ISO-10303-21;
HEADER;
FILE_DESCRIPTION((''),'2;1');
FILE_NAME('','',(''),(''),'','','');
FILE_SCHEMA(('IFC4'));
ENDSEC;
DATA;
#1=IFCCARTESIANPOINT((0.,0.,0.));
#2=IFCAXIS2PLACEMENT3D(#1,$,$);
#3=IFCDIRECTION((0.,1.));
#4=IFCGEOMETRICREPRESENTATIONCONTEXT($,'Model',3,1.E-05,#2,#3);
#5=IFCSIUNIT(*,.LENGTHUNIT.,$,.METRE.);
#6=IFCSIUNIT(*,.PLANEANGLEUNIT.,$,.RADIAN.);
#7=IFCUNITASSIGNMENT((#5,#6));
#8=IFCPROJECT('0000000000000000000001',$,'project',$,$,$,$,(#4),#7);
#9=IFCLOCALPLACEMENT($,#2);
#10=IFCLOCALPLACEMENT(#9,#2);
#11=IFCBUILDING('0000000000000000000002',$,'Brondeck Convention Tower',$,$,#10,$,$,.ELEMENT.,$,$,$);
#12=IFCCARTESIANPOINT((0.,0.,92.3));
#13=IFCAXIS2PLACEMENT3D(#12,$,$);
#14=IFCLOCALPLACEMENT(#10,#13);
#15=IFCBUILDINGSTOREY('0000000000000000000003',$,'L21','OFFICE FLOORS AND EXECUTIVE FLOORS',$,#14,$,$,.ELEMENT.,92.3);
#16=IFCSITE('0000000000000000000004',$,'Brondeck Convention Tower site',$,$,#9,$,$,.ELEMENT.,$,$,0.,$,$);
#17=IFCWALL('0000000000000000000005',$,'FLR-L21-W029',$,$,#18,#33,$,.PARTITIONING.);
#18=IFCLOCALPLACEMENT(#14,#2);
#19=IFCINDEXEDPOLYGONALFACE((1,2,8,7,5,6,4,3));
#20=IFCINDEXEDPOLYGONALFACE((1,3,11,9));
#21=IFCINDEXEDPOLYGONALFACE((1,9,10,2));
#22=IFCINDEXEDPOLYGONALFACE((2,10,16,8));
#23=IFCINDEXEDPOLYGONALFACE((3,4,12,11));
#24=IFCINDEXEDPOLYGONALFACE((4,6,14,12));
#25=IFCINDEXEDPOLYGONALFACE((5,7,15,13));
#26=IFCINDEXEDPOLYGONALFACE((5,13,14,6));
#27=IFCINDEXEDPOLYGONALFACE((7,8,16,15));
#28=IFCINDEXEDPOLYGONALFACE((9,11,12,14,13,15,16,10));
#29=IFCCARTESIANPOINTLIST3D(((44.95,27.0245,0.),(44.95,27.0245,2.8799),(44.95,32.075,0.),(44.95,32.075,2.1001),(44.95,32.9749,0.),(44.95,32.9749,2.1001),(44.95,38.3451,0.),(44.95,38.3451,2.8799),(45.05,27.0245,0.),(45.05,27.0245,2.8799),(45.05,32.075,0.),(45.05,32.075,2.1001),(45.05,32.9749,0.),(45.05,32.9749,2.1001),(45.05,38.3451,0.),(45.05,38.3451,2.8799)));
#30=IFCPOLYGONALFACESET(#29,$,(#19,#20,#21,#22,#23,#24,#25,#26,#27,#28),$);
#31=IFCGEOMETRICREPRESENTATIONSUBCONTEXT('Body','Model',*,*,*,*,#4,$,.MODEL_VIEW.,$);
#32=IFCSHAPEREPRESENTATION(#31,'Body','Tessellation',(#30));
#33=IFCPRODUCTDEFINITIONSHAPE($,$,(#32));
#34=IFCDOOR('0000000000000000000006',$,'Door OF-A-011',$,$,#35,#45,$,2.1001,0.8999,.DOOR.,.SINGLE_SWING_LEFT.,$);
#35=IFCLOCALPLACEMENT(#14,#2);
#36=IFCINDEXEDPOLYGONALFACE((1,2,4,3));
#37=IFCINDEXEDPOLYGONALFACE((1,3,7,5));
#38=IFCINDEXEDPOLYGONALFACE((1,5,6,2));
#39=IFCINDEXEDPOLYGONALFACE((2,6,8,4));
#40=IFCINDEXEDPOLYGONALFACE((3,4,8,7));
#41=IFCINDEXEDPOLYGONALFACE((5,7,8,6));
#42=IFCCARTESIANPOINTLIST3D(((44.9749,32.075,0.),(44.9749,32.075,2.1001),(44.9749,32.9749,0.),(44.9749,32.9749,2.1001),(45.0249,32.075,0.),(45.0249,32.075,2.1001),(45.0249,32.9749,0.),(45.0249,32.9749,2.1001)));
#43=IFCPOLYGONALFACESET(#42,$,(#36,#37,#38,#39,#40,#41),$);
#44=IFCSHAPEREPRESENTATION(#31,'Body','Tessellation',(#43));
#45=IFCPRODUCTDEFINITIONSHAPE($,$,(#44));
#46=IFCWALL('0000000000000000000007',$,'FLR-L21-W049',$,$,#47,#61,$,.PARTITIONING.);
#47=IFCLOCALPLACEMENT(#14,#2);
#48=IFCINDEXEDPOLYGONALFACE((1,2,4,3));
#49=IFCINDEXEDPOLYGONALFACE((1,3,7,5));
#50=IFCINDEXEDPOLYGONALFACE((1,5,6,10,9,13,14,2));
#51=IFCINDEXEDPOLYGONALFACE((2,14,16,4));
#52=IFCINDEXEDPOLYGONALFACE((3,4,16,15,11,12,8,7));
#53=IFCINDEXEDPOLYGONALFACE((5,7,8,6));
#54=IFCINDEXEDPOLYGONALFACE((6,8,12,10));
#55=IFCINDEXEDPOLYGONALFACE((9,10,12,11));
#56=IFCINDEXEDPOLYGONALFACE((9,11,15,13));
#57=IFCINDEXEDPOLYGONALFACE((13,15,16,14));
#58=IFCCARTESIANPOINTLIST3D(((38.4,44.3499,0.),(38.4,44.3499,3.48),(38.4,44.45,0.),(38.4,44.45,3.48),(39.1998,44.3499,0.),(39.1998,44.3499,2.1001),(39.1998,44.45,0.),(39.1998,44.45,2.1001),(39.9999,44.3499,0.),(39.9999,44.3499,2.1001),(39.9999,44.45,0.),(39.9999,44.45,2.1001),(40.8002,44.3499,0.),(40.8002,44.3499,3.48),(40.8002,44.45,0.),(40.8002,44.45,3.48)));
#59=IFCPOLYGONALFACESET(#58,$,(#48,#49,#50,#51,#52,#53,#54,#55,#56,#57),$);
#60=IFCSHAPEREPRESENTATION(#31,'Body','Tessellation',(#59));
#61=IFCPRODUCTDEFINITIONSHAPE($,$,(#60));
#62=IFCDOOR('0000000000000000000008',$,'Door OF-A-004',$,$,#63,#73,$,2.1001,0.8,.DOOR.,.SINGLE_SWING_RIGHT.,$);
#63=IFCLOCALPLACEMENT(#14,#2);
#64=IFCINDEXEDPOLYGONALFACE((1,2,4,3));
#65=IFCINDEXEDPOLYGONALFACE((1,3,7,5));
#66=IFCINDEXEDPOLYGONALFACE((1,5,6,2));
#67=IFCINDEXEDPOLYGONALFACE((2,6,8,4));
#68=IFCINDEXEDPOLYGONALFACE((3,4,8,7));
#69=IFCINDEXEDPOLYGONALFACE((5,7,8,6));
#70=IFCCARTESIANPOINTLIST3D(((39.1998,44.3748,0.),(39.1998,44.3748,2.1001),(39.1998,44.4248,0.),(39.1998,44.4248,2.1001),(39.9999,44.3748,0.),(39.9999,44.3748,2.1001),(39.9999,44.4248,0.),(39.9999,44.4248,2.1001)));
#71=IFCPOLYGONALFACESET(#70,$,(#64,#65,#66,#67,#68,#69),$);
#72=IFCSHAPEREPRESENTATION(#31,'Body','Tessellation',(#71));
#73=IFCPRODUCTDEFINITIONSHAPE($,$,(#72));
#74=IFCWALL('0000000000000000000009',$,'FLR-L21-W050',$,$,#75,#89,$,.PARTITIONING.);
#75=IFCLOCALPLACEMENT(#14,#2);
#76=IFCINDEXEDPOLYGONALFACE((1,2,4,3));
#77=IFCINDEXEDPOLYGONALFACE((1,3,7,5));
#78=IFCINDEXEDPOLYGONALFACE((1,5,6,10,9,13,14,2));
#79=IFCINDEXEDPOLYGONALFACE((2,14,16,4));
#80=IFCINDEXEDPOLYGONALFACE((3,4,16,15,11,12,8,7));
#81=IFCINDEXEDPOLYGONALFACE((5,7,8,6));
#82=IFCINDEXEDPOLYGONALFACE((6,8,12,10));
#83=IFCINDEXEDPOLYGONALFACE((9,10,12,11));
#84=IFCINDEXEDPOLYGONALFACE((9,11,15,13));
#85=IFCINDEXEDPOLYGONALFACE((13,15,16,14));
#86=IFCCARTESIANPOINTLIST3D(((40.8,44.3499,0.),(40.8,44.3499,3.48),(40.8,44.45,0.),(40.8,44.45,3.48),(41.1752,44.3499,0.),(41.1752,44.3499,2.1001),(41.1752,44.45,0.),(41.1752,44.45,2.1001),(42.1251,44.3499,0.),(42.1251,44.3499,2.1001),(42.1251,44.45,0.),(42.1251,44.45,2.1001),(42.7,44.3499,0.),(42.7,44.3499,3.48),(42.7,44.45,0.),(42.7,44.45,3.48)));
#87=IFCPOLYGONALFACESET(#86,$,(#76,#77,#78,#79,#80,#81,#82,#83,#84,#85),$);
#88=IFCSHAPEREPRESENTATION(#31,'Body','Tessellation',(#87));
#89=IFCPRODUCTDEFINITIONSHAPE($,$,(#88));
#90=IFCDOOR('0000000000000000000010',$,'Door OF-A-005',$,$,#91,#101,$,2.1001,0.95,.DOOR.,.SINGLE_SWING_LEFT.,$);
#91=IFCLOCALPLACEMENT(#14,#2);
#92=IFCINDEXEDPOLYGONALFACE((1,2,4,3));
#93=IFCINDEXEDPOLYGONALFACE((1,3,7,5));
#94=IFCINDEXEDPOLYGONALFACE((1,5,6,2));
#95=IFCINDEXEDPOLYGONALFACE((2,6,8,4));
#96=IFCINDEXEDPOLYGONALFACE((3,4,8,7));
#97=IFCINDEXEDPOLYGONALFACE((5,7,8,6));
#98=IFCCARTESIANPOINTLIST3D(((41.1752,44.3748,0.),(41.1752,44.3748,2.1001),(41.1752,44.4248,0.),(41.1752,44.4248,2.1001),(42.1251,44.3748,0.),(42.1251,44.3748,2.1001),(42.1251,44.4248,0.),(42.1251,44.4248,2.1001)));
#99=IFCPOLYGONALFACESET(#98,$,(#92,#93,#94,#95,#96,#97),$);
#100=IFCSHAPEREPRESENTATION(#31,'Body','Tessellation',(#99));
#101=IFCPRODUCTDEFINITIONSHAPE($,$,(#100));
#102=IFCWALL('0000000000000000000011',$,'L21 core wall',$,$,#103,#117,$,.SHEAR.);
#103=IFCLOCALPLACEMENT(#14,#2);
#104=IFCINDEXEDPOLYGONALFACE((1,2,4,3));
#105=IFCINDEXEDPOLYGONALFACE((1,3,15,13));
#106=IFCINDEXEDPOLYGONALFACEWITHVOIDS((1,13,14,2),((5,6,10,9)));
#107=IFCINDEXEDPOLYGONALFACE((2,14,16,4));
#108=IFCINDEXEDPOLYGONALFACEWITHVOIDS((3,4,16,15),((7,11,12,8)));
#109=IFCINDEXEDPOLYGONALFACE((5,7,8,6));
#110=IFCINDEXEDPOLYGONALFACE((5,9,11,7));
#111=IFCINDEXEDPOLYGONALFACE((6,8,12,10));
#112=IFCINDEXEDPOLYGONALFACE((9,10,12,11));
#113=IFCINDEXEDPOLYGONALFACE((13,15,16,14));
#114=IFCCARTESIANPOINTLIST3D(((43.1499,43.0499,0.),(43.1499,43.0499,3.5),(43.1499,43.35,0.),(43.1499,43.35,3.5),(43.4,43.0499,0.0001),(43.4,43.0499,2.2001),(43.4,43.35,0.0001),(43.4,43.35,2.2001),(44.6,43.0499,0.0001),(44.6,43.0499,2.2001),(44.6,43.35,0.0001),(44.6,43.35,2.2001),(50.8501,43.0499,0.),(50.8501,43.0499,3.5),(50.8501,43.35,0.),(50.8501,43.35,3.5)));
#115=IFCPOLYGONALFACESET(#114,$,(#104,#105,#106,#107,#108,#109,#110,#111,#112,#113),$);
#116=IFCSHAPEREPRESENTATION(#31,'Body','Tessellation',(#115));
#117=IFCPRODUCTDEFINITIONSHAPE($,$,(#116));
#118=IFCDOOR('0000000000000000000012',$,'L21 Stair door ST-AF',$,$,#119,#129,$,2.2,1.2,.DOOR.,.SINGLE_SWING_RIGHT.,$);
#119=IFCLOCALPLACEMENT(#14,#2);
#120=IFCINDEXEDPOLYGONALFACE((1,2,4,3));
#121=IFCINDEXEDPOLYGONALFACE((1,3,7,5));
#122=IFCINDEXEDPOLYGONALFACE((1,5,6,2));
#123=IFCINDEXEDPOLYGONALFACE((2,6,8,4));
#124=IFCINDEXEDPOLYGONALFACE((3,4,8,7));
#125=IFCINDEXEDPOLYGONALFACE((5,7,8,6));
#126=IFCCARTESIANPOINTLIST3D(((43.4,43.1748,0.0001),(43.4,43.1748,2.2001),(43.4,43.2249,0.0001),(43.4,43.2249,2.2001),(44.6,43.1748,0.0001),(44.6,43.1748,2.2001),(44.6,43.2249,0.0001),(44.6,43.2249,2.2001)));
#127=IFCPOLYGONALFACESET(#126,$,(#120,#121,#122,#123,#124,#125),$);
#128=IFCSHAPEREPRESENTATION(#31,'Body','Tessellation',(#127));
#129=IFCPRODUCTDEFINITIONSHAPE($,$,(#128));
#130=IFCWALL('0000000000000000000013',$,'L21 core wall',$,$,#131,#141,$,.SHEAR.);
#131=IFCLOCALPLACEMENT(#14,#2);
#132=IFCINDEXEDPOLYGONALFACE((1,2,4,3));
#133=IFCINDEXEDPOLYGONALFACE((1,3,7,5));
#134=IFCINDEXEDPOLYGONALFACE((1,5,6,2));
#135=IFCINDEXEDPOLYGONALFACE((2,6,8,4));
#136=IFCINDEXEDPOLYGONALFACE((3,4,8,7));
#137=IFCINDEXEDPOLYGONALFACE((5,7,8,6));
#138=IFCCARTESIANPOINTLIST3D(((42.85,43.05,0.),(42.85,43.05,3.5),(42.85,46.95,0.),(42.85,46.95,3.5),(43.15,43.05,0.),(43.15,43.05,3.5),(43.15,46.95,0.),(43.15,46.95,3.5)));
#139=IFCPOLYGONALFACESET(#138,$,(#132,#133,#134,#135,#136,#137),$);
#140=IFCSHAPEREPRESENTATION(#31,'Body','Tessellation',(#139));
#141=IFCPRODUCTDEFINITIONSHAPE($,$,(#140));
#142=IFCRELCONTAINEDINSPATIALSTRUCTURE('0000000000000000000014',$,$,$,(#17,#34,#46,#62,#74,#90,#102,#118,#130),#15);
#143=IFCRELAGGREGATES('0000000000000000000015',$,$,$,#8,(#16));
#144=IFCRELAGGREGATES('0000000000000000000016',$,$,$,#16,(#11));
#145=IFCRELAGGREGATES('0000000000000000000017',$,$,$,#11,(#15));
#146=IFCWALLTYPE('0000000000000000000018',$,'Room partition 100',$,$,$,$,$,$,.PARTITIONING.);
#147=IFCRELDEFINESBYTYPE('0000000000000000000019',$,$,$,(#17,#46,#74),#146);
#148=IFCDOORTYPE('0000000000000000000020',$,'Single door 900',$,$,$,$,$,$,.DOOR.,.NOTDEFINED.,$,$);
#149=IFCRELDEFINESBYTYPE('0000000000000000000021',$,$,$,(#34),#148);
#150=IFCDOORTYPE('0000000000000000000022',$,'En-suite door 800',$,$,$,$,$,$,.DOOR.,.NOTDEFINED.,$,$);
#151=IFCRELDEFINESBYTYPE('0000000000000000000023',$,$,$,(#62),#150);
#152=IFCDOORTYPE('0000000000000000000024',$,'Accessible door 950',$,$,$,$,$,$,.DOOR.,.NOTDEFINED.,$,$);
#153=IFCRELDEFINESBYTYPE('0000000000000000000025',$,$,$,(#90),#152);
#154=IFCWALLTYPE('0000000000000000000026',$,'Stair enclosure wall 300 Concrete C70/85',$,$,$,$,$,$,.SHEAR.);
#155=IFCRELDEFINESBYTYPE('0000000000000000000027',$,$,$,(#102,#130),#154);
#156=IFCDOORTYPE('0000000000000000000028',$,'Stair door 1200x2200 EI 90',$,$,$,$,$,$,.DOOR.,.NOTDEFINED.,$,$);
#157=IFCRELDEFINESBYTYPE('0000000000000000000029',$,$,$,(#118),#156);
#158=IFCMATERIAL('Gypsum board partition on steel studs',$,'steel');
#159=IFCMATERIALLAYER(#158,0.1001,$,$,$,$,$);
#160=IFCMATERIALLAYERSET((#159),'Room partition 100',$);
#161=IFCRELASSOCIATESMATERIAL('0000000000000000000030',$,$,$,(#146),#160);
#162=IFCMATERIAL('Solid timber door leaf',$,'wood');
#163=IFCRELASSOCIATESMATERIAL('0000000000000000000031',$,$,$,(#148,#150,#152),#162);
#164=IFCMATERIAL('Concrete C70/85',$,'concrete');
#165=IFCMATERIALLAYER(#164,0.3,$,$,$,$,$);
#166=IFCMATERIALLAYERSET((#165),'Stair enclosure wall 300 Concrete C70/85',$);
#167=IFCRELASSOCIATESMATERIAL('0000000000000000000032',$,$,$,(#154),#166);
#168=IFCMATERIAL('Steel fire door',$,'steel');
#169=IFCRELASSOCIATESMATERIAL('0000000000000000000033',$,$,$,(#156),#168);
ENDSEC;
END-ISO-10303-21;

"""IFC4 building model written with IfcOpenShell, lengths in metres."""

from ifc_helpers import new_model, si_unit, direction, frame, frame_2d, origin, place, context, subcontext, project, spatial, rectangle, extrude, material, layer, layer_set, type_object, element, fill, save


model = new_model("IFC4")

# Units and contexts
model_context = context("Model", 3, precision=1e-05, world=origin(), true_north=direction((0.0, 1.0)))
body_context = subcontext(model_context, "Body", "Model", "MODEL_VIEW")
ifc_project = project(units=[si_unit("LENGTHUNIT", "METRE"), si_unit("PLANEANGLEUNIT", "RADIAN")], contexts=[model_context])

# Site, building, storey
site_placement = place(None, origin())
site = spatial("IfcSite", under=ifc_project, at=site_placement, Name="Brondeck Convention Tower site", CompositionType="ELEMENT", RefElevation=0.0)
building_placement = place(site_placement, origin())
building = spatial("IfcBuilding", under=site, at=building_placement, Name="Brondeck Convention Tower", CompositionType="ELEMENT")
storey_placement = place(building_placement, frame((0.0, 0.0, 92.3)))
storey = spatial("IfcBuildingStorey", under=building, at=storey_placement, Name="L21", Description="OFFICE FLOORS AND EXECUTIVE FLOORS", CompositionType="ELEMENT", Elevation=92.3)

# Shared definitions
ifc_material_1 = material(Name="Concrete C70/85", Category="concrete")

# Walls, openings, doors
ifc_material_2 = material(Name="Gypsum board partition on steel studs", Category="steel")
ifc_layer_1 = layer(ifc_material_2, 0.1001)
ifc_layer_set_1 = layer_set([ifc_layer_1], Name="Room partition 100")
wall_type_1 = type_object("IfcWallType", Name="Room partition 100", PredefinedType="PARTITIONING", material=ifc_layer_set_1)
wall_1_placement = place(storey_placement, frame((45.0, 38.345, 0.0), z_axis=(0.0, 0.0, 1.0), x_axis=(0.0, -1.0, 0.0)))
wall_1 = element("IfcWall", 1, at=wall_1_placement, inside=storey, type_object=wall_type_1, Name="FLR-L21-W029", PredefinedType="PARTITIONING", context=body_context, shape_type="SweptSolid", body=[
    extrude(rectangle(XDim=11.3206, YDim=0.1001, at=frame_2d((5.6602, 0.0))), origin(), (0.0, 0.0, 1.0), 2.8799),
])
opening_1_placement = place(wall_1_placement, frame((5.3701, 0.0, 0.0)))
opening_1 = element("IfcOpeningElement", 2, at=opening_1_placement, cuts=wall_1, PredefinedType="OPENING", context=body_context, shape_type="SweptSolid", body=[
    extrude(rectangle(XDim=0.8999, YDim=2.1001, at=frame_2d((0.45, 1.05))), frame((0.0, 0.0601, 0.0), z_axis=(0.0, -1.0, 0.0), x_axis=(1.0, 0.0, 0.0)), (0.0, 0.0, 1.0), 0.1201),
])
ifc_material_3 = material(Name="Solid timber door leaf", Category="wood")
door_type_1 = type_object("IfcDoorType", Name="Single door 900", OperationType="NOTDEFINED", PredefinedType="DOOR", material=ifc_material_3)
door_1_placement = place(opening_1_placement, origin())
door_1 = element("IfcDoor", 3, at=door_1_placement, inside=storey, type_object=door_type_1, Name="Door OF-A-011", OperationType="SINGLE_SWING_LEFT", OverallHeight=2.1001, OverallWidth=0.8999, PredefinedType="DOOR", context=body_context, shape_type="SweptSolid", body=[
    extrude(rectangle(XDim=0.8999, YDim=2.1001, at=frame_2d((0.45, 1.05))), frame((0.0, 0.0249, 0.0), z_axis=(0.0, -1.0, 0.0), x_axis=(1.0, 0.0, 0.0)), (0.0, 0.0, 1.0), 0.05),
])
fill(opening_1, door_1)
wall_2_placement = place(storey_placement, frame((38.3999, 44.3999, 0.0), z_axis=(0.0, 0.0, 1.0), x_axis=(1.0, 0.0, 0.0)))
wall_2 = element("IfcWall", 4, at=wall_2_placement, inside=storey, type_object=wall_type_1, Name="FLR-L21-W049", PredefinedType="PARTITIONING", context=body_context, shape_type="SweptSolid", body=[
    extrude(rectangle(XDim=2.4001, YDim=0.1001, at=frame_2d((1.2002, 0.0))), origin(), (0.0, 0.0, 1.0), 3.48),
])
opening_2_placement = place(wall_2_placement, frame((0.8, 0.0, 0.0)))
opening_2 = element("IfcOpeningElement", 5, at=opening_2_placement, cuts=wall_2, PredefinedType="OPENING", context=body_context, shape_type="SweptSolid", body=[
    extrude(rectangle(XDim=0.8, YDim=2.1001, at=frame_2d((0.3999, 1.05))), frame((0.0, 0.0601, 0.0), z_axis=(0.0, -1.0, 0.0), x_axis=(1.0, 0.0, 0.0)), (0.0, 0.0, 1.0), 0.1201),
])
door_type_2 = type_object("IfcDoorType", Name="En-suite door 800", OperationType="NOTDEFINED", PredefinedType="DOOR", material=ifc_material_3)
door_2_placement = place(opening_2_placement, origin())
door_2 = element("IfcDoor", 6, at=door_2_placement, inside=storey, type_object=door_type_2, Name="Door OF-A-004", OperationType="SINGLE_SWING_RIGHT", OverallHeight=2.1001, OverallWidth=0.8, PredefinedType="DOOR", context=body_context, shape_type="SweptSolid", body=[
    extrude(rectangle(XDim=0.8, YDim=2.1001, at=frame_2d((0.3999, 1.05))), frame((0.0, 0.0249, 0.0), z_axis=(0.0, -1.0, 0.0), x_axis=(1.0, 0.0, 0.0)), (0.0, 0.0, 1.0), 0.05),
])
fill(opening_2, door_2)
wall_3_placement = place(storey_placement, frame((40.8, 44.3999, 0.0), z_axis=(0.0, 0.0, 1.0), x_axis=(1.0, 0.0, 0.0)))
wall_3 = element("IfcWall", 7, at=wall_3_placement, inside=storey, type_object=wall_type_1, Name="FLR-L21-W050", PredefinedType="PARTITIONING", context=body_context, shape_type="SweptSolid", body=[
    extrude(rectangle(XDim=1.8999, YDim=0.1001, at=frame_2d((0.95, 0.0))), origin(), (0.0, 0.0, 1.0), 3.48),
])
opening_3_placement = place(wall_3_placement, frame((0.375, 0.0, 0.0)))
opening_3 = element("IfcOpeningElement", 8, at=opening_3_placement, cuts=wall_3, PredefinedType="OPENING", context=body_context, shape_type="SweptSolid", body=[
    extrude(rectangle(XDim=0.95, YDim=2.1001, at=frame_2d((0.4751, 1.05))), frame((0.0, 0.0601, 0.0), z_axis=(0.0, -1.0, 0.0), x_axis=(1.0, 0.0, 0.0)), (0.0, 0.0, 1.0), 0.1201),
])
door_type_3 = type_object("IfcDoorType", Name="Accessible door 950", OperationType="NOTDEFINED", PredefinedType="DOOR", material=ifc_material_3)
door_3_placement = place(opening_3_placement, origin())
door_3 = element("IfcDoor", 9, at=door_3_placement, inside=storey, type_object=door_type_3, Name="Door OF-A-005", OperationType="SINGLE_SWING_LEFT", OverallHeight=2.1001, OverallWidth=0.95, PredefinedType="DOOR", context=body_context, shape_type="SweptSolid", body=[
    extrude(rectangle(XDim=0.95, YDim=2.1001, at=frame_2d((0.4751, 1.05))), frame((0.0, 0.0249, 0.0), z_axis=(0.0, -1.0, 0.0), x_axis=(1.0, 0.0, 0.0)), (0.0, 0.0, 1.0), 0.05),
])
fill(opening_3, door_3)
ifc_layer_2 = layer(ifc_material_1, 0.3)
ifc_layer_set_2 = layer_set([ifc_layer_2], Name="Stair enclosure wall 300 Concrete C70/85")
wall_type_2 = type_object("IfcWallType", Name="Stair enclosure wall 300 Concrete C70/85", PredefinedType="SHEAR", material=ifc_layer_set_2)
wall_4_placement = place(storey_placement, frame((43.1499, 43.2, 0.0), z_axis=(0.0, 0.0, 1.0), x_axis=(1.0, 0.0, 0.0)))
wall_4 = element("IfcWall", 10, at=wall_4_placement, inside=storey, type_object=wall_type_2, Name="L21 core wall", PredefinedType="SHEAR", context=body_context, shape_type="SweptSolid", body=[
    extrude(rectangle(XDim=7.7002, YDim=0.3, at=frame_2d((3.8501, 0.0))), origin(), (0.0, 0.0, 1.0), 3.5),
])
opening_4_placement = place(wall_4_placement, frame((0.25, 0.0, 0.0)))
opening_4 = element("IfcOpeningElement", 11, at=opening_4_placement, cuts=wall_4, PredefinedType="OPENING", context=body_context, shape_type="SweptSolid", body=[
    extrude(rectangle(XDim=1.2, YDim=2.2, at=frame_2d((0.6001, 1.1001))), frame((0.0, 0.1599, 0.0), z_axis=(0.0, -1.0, 0.0), x_axis=(1.0, 0.0, 0.0)), (0.0, 0.0, 1.0), 0.3201),
])
ifc_material_4 = material(Name="Steel fire door", Category="steel")
door_type_4 = type_object("IfcDoorType", Name="Stair door 1200x2200 EI 90", OperationType="NOTDEFINED", PredefinedType="DOOR", material=ifc_material_4)
door_4_placement = place(opening_4_placement, origin())
door_4 = element("IfcDoor", 12, at=door_4_placement, inside=storey, type_object=door_type_4, Name="L21 Stair door ST-AF", OperationType="SINGLE_SWING_RIGHT", OverallHeight=2.2, OverallWidth=1.2, PredefinedType="DOOR", context=body_context, shape_type="SweptSolid", body=[
    extrude(rectangle(XDim=1.2, YDim=2.2, at=frame_2d((0.6001, 1.1001))), frame((0.0, 0.0249, 0.0), z_axis=(0.0, -1.0, 0.0), x_axis=(1.0, 0.0, 0.0)), (0.0, 0.0, 1.0), 0.05),
])
fill(opening_4, door_4)

# Wall
wall_5_placement = place(storey_placement, frame((43.0, 43.05, 0.0), z_axis=(0.0, 0.0, 1.0), x_axis=(0.0, 1.0, 0.0)))
element("IfcWall", 13, at=wall_5_placement, inside=storey, type_object=wall_type_2, Name="L21 core wall", PredefinedType="SHEAR", context=body_context, shape_type="SweptSolid", body=[
    extrude(rectangle(XDim=3.8999, YDim=0.3, at=frame_2d((1.95, 0.0))), origin(), (0.0, 0.0, 1.0), 3.5),
])

save(model, "model.ifc")
